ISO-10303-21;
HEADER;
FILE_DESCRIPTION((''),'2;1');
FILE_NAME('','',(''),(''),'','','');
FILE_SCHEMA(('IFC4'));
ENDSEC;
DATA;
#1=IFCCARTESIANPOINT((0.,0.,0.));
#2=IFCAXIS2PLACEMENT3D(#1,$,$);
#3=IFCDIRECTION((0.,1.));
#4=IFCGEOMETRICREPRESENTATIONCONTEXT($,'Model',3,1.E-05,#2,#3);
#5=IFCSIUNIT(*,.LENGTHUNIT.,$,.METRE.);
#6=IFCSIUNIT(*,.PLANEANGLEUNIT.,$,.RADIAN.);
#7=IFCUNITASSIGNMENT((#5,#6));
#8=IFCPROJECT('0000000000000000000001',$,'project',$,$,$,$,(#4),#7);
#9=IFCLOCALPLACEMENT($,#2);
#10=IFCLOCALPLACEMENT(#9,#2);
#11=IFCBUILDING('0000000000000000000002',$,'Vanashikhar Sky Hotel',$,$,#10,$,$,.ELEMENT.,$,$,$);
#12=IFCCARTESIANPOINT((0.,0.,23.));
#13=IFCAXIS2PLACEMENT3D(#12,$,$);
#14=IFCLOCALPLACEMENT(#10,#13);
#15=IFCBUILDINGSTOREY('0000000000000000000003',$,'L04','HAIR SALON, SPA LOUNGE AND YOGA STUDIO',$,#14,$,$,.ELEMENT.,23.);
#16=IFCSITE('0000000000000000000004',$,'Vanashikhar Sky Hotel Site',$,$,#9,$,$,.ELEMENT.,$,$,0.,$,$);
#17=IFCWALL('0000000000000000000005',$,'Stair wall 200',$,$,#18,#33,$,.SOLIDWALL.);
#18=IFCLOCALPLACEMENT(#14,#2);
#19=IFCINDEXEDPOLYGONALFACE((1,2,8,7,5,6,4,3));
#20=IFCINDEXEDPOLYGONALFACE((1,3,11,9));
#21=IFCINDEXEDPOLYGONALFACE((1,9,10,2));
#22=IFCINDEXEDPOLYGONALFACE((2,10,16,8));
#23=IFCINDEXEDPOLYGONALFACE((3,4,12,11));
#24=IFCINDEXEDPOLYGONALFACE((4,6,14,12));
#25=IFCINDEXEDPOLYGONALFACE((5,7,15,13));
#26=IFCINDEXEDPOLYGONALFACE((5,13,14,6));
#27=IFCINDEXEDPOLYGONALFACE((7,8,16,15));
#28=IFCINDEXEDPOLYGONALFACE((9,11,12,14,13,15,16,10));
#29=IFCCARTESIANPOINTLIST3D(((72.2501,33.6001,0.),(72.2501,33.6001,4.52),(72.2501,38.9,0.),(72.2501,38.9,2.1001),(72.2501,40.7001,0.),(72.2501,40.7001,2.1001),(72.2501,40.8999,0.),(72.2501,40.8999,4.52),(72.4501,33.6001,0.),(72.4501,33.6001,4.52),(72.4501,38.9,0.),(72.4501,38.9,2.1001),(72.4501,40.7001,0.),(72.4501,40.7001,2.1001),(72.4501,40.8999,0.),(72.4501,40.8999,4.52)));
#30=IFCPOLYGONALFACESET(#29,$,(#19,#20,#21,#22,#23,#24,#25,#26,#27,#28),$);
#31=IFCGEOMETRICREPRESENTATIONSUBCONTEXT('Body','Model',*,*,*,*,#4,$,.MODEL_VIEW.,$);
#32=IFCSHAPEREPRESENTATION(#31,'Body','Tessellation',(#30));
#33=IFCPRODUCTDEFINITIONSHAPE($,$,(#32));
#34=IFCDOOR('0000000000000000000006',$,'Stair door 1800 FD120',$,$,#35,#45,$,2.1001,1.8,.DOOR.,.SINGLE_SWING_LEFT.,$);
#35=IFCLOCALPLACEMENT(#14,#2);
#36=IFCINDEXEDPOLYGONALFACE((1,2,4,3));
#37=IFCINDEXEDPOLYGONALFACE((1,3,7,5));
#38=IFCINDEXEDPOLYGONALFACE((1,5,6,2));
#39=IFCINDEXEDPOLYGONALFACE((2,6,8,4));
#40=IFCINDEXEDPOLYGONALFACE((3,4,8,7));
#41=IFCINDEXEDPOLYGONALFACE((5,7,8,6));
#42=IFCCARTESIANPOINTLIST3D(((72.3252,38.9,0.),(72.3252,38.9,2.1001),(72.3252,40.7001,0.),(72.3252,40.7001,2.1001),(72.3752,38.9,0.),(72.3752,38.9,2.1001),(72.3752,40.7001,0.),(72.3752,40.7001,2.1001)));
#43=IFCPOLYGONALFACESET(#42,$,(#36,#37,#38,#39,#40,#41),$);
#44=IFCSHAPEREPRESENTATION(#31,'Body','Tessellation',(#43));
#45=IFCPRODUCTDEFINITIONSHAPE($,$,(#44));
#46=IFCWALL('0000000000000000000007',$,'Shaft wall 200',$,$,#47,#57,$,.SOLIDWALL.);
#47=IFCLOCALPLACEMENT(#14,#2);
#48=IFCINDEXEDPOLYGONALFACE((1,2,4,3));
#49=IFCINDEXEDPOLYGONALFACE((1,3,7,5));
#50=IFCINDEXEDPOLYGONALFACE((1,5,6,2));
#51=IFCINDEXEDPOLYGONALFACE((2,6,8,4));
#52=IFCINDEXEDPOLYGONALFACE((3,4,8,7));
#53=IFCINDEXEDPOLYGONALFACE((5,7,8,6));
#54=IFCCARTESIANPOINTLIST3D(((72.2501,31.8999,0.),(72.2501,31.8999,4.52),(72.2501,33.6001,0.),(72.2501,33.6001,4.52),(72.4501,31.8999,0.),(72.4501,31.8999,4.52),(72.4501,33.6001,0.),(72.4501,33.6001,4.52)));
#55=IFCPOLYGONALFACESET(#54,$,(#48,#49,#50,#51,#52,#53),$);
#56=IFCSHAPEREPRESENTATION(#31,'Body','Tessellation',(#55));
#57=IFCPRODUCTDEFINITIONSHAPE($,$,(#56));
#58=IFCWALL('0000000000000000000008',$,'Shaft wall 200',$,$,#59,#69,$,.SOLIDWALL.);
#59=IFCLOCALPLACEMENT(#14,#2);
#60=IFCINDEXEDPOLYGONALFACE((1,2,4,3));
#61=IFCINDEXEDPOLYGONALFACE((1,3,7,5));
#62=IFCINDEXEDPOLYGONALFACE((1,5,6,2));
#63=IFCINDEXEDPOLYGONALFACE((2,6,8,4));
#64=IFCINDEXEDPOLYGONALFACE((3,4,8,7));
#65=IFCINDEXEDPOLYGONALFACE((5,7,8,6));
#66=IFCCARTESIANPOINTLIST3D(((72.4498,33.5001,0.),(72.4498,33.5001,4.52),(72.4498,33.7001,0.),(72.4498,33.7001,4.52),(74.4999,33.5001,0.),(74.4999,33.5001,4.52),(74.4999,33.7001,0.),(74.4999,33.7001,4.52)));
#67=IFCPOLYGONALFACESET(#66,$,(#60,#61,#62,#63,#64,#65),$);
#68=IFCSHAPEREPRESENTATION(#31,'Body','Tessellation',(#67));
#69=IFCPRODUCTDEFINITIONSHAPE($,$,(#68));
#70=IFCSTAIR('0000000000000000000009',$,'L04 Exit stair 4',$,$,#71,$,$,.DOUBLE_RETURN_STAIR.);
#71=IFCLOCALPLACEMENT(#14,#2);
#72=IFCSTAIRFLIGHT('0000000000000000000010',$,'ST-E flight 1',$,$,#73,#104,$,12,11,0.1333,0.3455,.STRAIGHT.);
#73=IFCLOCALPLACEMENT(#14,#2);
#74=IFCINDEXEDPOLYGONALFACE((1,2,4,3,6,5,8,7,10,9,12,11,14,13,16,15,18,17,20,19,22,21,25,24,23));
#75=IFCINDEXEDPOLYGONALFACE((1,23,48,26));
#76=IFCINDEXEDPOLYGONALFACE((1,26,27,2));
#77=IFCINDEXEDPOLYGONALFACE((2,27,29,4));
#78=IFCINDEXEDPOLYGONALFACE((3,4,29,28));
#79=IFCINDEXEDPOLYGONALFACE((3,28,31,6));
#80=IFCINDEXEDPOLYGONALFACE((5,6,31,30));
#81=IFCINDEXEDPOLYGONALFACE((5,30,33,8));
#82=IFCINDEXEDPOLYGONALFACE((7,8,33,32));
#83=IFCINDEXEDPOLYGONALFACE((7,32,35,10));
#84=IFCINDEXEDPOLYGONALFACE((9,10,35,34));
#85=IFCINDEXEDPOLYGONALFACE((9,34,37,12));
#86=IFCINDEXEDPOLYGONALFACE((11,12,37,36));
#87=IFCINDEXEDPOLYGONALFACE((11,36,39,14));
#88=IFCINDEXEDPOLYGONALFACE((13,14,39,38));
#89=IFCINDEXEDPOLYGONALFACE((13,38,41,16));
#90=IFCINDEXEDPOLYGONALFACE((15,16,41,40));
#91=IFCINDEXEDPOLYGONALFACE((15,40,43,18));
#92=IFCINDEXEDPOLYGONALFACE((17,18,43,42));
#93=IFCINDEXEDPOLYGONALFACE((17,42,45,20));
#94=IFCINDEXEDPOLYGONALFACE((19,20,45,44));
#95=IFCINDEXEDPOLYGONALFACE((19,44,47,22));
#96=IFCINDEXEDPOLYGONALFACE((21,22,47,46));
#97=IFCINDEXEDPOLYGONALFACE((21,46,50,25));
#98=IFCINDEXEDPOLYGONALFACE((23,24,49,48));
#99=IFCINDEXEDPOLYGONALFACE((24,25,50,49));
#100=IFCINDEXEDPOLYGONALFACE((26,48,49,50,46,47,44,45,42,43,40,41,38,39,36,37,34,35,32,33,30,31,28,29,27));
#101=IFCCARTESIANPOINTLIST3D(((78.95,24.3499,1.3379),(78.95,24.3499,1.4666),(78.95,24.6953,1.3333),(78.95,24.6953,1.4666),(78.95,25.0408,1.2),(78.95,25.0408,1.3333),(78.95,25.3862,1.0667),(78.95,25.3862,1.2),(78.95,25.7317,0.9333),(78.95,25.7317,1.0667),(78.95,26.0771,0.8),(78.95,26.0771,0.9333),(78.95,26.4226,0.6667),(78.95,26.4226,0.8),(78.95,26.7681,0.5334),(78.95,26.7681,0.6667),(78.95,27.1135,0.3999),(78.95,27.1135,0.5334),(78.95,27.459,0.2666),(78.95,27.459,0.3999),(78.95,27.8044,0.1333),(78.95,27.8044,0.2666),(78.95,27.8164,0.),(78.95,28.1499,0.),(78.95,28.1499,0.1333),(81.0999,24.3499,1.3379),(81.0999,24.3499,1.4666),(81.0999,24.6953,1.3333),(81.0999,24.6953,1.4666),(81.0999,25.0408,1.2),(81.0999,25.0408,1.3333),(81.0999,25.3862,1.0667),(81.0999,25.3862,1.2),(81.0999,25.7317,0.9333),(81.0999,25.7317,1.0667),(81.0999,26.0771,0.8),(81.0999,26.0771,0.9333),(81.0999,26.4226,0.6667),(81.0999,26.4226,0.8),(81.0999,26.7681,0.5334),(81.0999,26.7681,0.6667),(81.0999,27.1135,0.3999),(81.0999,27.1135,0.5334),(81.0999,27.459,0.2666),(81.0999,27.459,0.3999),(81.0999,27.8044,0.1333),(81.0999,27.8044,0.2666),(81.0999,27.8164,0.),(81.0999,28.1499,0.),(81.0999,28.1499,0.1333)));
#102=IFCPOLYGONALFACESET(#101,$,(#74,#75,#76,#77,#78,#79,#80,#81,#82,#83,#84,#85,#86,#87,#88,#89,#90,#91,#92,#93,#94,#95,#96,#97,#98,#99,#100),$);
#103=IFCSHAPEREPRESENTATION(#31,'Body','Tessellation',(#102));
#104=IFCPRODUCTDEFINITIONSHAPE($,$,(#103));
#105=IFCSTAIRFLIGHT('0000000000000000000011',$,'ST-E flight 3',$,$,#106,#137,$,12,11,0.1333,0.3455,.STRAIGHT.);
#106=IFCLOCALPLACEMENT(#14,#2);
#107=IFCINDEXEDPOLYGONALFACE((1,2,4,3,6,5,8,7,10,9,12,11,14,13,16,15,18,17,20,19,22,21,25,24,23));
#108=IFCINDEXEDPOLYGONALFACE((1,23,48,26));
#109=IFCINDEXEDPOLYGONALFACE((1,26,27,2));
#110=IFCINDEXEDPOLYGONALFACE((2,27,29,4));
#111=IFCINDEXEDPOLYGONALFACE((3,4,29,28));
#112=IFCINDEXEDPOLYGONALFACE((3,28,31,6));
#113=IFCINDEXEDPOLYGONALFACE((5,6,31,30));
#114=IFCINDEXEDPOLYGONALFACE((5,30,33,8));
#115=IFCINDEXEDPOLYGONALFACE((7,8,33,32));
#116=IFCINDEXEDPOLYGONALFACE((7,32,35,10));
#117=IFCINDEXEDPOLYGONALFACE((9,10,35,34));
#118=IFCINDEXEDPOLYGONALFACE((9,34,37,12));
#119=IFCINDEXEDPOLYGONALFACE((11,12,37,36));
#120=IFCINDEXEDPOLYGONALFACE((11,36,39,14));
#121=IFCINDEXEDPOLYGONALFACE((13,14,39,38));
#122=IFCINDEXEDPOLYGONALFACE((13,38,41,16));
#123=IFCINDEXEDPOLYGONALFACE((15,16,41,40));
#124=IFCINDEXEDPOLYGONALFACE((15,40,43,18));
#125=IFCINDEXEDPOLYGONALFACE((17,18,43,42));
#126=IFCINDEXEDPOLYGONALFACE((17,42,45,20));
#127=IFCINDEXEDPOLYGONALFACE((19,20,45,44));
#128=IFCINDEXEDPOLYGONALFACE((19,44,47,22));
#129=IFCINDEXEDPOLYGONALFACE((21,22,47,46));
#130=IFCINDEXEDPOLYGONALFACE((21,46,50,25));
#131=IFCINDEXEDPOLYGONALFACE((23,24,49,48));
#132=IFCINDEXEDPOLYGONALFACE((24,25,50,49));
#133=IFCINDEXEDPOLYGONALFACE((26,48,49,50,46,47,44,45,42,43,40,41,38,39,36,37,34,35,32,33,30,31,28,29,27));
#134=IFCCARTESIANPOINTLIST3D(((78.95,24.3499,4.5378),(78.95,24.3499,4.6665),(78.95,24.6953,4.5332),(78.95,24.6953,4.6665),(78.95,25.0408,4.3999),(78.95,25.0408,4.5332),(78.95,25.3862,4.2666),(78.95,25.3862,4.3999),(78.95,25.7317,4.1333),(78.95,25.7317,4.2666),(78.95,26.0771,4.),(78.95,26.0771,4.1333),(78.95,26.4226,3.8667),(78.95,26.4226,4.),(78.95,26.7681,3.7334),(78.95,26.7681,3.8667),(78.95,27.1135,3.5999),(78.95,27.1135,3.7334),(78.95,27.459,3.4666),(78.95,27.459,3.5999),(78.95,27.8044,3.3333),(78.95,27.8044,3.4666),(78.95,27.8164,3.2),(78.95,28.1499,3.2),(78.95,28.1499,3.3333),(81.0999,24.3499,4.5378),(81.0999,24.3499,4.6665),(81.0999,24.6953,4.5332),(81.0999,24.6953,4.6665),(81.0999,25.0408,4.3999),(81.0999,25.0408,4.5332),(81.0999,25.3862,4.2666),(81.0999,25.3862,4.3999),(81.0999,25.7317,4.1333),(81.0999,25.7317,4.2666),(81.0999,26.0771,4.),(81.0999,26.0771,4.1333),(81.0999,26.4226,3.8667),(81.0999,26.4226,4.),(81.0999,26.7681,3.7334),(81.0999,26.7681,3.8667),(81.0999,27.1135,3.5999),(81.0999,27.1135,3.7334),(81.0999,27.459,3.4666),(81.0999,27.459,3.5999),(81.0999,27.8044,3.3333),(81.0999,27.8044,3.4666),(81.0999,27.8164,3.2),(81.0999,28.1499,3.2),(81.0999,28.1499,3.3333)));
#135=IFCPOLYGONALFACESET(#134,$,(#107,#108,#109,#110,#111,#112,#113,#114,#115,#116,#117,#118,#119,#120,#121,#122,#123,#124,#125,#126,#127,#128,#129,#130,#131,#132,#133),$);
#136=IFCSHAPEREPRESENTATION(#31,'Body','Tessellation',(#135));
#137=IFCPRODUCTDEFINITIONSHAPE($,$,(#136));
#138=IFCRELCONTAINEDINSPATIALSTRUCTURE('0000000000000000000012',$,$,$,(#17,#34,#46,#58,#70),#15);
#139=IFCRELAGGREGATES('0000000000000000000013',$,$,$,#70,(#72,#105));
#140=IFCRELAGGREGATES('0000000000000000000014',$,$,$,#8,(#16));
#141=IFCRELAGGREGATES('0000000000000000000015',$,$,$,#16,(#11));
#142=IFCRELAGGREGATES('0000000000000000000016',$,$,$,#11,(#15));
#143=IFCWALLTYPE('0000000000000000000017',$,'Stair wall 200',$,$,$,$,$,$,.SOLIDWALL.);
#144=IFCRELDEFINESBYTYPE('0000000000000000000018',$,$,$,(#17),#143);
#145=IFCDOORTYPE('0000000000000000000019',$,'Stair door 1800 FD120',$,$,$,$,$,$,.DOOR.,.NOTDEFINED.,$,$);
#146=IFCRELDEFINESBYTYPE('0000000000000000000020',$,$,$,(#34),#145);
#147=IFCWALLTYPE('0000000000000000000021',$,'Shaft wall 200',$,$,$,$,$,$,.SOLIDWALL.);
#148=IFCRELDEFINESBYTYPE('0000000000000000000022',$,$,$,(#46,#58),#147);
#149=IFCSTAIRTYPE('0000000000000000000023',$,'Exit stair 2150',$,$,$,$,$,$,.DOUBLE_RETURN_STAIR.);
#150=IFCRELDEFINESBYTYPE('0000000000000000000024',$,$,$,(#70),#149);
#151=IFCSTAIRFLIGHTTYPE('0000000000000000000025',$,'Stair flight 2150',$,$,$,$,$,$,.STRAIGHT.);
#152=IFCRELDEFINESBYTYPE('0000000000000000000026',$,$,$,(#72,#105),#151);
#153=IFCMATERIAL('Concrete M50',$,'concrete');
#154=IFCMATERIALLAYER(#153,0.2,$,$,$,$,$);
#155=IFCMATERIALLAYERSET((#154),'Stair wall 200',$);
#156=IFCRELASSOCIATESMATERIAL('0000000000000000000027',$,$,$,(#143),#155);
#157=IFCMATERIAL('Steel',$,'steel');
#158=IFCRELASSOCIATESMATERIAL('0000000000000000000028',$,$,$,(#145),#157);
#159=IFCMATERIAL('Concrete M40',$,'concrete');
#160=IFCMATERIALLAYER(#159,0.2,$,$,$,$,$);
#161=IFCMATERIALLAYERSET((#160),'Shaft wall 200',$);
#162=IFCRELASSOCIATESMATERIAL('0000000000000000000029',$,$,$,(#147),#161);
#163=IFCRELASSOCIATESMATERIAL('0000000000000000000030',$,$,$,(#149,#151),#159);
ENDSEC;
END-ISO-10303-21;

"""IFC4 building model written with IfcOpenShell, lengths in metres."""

from ifc_helpers import new_model, si_unit, direction, frame, frame_2d, origin, place, context, subcontext, project, spatial, polyline, rectangle, outline, extrude, source, transform, mapped, material, layer, layer_set, type_object, element, fill, aggregate, save


model = new_model("IFC4")

# Units and contexts
model_context = context("Model", 3, precision=1e-05, world=origin(), true_north=direction((0.0, 1.0)))
body_context = subcontext(model_context, "Body", "Model", "MODEL_VIEW")
ifc_project = project(units=[si_unit("LENGTHUNIT", "METRE"), si_unit("PLANEANGLEUNIT", "RADIAN")], contexts=[model_context])

# Site, building, storey
site_placement = place(None, origin())
site = spatial("IfcSite", under=ifc_project, at=site_placement, Name="Vanashikhar Sky Hotel Site", CompositionType="ELEMENT", RefElevation=0.0)
building_placement = place(site_placement, origin())
building = spatial("IfcBuilding", under=site, at=building_placement, Name="Vanashikhar Sky Hotel", CompositionType="ELEMENT")
storey_placement = place(building_placement, frame((0.0, 0.0, 23.0)))
storey = spatial("IfcBuildingStorey", under=building, at=storey_placement, Name="L04", Description="HAIR SALON, SPA LOUNGE AND YOGA STUDIO", CompositionType="ELEMENT", Elevation=23.0)

# Shared definitions
ifc_material_1 = material(Name="Steel", Category="steel")

# Shared definitions
ifc_material_2 = material(Name="Concrete M50", Category="concrete")

# Wall, opening, door
ifc_layer_1 = layer(ifc_material_2, 0.2)
ifc_layer_set_1 = layer_set([ifc_layer_1], Name="Stair wall 200")
wall_type_1 = type_object("IfcWallType", Name="Stair wall 200", PredefinedType="SOLIDWALL", material=ifc_layer_set_1)
shared_shape_1 = source(origin(), body_context, "Body", "SweptSolid", [
    extrude(rectangle(XDim=7.2998, YDim=0.2, at=frame_2d((3.6499, 0.0))), origin(), (0.0, 0.0, 1.0), 4.52),
])
wall_1_placement = place(storey_placement, frame((72.3501, 33.6001, 0.0), z_axis=(0.0, 0.0, 1.0), x_axis=(0.0, 1.0, 0.0)))
wall_1 = element("IfcWall", 1, at=wall_1_placement, inside=storey, type_object=wall_type_1, Name="Stair wall 200", PredefinedType="SOLIDWALL", context=body_context, shape_type="MappedRepresentation", body=[
    mapped(shared_shape_1, transform((0.0, 0.0, 0.0), scale=1.0)),
])
shared_shape_2 = source(origin(), body_context, "Body", "SweptSolid", [
    extrude(rectangle(XDim=1.8, YDim=2.1001, at=frame_2d((0.8999, 1.05))), frame((0.0, 0.1099, 0.0), z_axis=(0.0, -1.0, 0.0), x_axis=(1.0, 0.0, 0.0)), (0.0, 0.0, 1.0), 0.22),
])
opening_1_placement = place(wall_1_placement, frame((5.3, 0.0, 0.0)))
opening_1 = element("IfcOpeningElement", 2, at=opening_1_placement, cuts=wall_1, PredefinedType="OPENING", context=body_context, shape_type="MappedRepresentation", body=[
    mapped(shared_shape_2, transform((0.0, 0.0, 0.0), scale=1.0)),
])
door_type_1 = type_object("IfcDoorType", Name="Stair door 1800 FD120", OperationType="NOTDEFINED", PredefinedType="DOOR", material=ifc_material_1)
shared_shape_3 = source(origin(), body_context, "Body", "SweptSolid", [
    extrude(rectangle(XDim=1.8, YDim=2.1001, at=frame_2d((0.8999, 1.05))), frame((0.0, 0.0249, 0.0), z_axis=(0.0, -1.0, 0.0), x_axis=(1.0, 0.0, 0.0)), (0.0, 0.0, 1.0), 0.05),
])
door_1_placement = place(opening_1_placement, origin())
door_1 = element("IfcDoor", 3, at=door_1_placement, inside=storey, type_object=door_type_1, Name="Stair door 1800 FD120", OperationType="SINGLE_SWING_LEFT", OverallHeight=2.1001, OverallWidth=1.8, PredefinedType="DOOR", context=body_context, shape_type="MappedRepresentation", body=[
    mapped(shared_shape_3, transform((0.0, 0.0, 0.0), scale=1.0)),
])
fill(opening_1, door_1)

# Walls
ifc_material_3 = material(Name="Concrete M40", Category="concrete")
ifc_layer_2 = layer(ifc_material_3, 0.2)
ifc_layer_set_2 = layer_set([ifc_layer_2], Name="Shaft wall 200")
wall_type_2 = type_object("IfcWallType", Name="Shaft wall 200", PredefinedType="SOLIDWALL", material=ifc_layer_set_2)
shared_shape_4 = source(origin(), body_context, "Body", "SweptSolid", [
    extrude(rectangle(XDim=1.7002, YDim=0.2, at=frame_2d((0.8501, 0.0))), origin(), (0.0, 0.0, 1.0), 4.52),
])
wall_2_placement = place(storey_placement, frame((72.3501, 31.8999, 0.0), z_axis=(0.0, 0.0, 1.0), x_axis=(0.0, 1.0, 0.0)))
element("IfcWall", 4, at=wall_2_placement, inside=storey, type_object=wall_type_2, Name="Shaft wall 200", PredefinedType="SOLIDWALL", context=body_context, shape_type="MappedRepresentation", body=[
    mapped(shared_shape_4, transform((0.0, 0.0, 0.0), scale=1.0)),
])
shared_shape_5 = source(origin(), body_context, "Body", "SweptSolid", [
    extrude(rectangle(XDim=2.05, YDim=0.2, at=frame_2d((1.0249, 0.0))), origin(), (0.0, 0.0, 1.0), 4.52),
])
wall_3_placement = place(storey_placement, frame((72.45, 33.6001, 0.0), z_axis=(0.0, 0.0, 1.0), x_axis=(1.0, 0.0, 0.0)))
element("IfcWall", 5, at=wall_3_placement, inside=storey, type_object=wall_type_2, Name="Shaft wall 200", PredefinedType="SOLIDWALL", context=body_context, shape_type="MappedRepresentation", body=[
    mapped(shared_shape_5, transform((0.0, 0.0, 0.0), scale=1.0)),
])

# Stair, stair flights
stair_type = type_object("IfcStairType", Name="Exit stair 2150", PredefinedType="DOUBLE_RETURN_STAIR", material=ifc_material_3)
stair_placement = place(storey_placement, origin())
stair = element("IfcStair", 6, at=stair_placement, inside=storey, type_object=stair_type, Name="L04 Exit stair 4", PredefinedType="DOUBLE_RETURN_STAIR")
stair_flight_type = type_object("IfcStairFlightType", Name="Stair flight 2150", PredefinedType="STRAIGHT", material=ifc_material_3)
shared_shape_6 = source(origin(), body_context, "Body", "SweptSolid", [
    extrude(outline(polyline([(0.0, 0.0), (0.0, 0.1333), (0.3455, 0.1333), (0.3455, 0.2666), (0.6909, 0.2666), (0.6909, 0.3999), (1.0364, 0.3999), (1.0364, 0.5334), (1.3818, 0.5334), (1.3818, 0.6667), (1.7273, 0.6667), (1.7273, 0.8), (2.0728, 0.8), (2.0728, 0.9333), (2.4182, 0.9333), (2.4182, 1.0667), (2.7637, 1.0667), (2.7637, 1.2), (3.1091, 1.2), (3.1091, 1.3333), (3.4546, 1.3333), (3.4546, 1.4666), (3.8, 1.4666), (3.8, 1.6001), (3.8, 1.3379), (0.3335, 0.0), (0.0, 0.0)])), frame((0.0, 1.075, 0.0), z_axis=(0.0, -1.0, 0.0), x_axis=(1.0, 0.0, 0.0)), (0.0, 0.0, 1.0), 2.1499),
])
stair_flight_1_placement = place(storey_placement, frame((80.0249, 28.1499, 0.0), z_axis=(0.0, 0.0, 1.0), x_axis=(0.0, -1.0, 0.0)))
stair_flight_1 = element("IfcStairFlight", 7, at=stair_flight_1_placement, type_object=stair_flight_type, Name="ST-E flight 1", NumberOfRisers=12, NumberOfTreads=11, PredefinedType="STRAIGHT", RiserHeight=0.1333, TreadLength=0.3455, context=body_context, shape_type="MappedRepresentation", body=[
    mapped(shared_shape_6, transform((0.0, 0.0, 0.0), scale=1.0)),
])
stair_flight_2_placement = place(storey_placement, frame((80.0249, 28.1499, 3.2), z_axis=(0.0, 0.0, 1.0), x_axis=(0.0, -1.0, 0.0)))
stair_flight_2 = element("IfcStairFlight", 8, at=stair_flight_2_placement, type_object=stair_flight_type, Name="ST-E flight 3", NumberOfRisers=12, NumberOfTreads=11, PredefinedType="STRAIGHT", RiserHeight=0.1333, TreadLength=0.3455, context=body_context, shape_type="MappedRepresentation", body=[
    mapped(shared_shape_6, transform((0.0, 0.0, 0.0), scale=1.0)),
])
aggregate(stair, [stair_flight_1, stair_flight_2])

save(model, "model.ifc")
